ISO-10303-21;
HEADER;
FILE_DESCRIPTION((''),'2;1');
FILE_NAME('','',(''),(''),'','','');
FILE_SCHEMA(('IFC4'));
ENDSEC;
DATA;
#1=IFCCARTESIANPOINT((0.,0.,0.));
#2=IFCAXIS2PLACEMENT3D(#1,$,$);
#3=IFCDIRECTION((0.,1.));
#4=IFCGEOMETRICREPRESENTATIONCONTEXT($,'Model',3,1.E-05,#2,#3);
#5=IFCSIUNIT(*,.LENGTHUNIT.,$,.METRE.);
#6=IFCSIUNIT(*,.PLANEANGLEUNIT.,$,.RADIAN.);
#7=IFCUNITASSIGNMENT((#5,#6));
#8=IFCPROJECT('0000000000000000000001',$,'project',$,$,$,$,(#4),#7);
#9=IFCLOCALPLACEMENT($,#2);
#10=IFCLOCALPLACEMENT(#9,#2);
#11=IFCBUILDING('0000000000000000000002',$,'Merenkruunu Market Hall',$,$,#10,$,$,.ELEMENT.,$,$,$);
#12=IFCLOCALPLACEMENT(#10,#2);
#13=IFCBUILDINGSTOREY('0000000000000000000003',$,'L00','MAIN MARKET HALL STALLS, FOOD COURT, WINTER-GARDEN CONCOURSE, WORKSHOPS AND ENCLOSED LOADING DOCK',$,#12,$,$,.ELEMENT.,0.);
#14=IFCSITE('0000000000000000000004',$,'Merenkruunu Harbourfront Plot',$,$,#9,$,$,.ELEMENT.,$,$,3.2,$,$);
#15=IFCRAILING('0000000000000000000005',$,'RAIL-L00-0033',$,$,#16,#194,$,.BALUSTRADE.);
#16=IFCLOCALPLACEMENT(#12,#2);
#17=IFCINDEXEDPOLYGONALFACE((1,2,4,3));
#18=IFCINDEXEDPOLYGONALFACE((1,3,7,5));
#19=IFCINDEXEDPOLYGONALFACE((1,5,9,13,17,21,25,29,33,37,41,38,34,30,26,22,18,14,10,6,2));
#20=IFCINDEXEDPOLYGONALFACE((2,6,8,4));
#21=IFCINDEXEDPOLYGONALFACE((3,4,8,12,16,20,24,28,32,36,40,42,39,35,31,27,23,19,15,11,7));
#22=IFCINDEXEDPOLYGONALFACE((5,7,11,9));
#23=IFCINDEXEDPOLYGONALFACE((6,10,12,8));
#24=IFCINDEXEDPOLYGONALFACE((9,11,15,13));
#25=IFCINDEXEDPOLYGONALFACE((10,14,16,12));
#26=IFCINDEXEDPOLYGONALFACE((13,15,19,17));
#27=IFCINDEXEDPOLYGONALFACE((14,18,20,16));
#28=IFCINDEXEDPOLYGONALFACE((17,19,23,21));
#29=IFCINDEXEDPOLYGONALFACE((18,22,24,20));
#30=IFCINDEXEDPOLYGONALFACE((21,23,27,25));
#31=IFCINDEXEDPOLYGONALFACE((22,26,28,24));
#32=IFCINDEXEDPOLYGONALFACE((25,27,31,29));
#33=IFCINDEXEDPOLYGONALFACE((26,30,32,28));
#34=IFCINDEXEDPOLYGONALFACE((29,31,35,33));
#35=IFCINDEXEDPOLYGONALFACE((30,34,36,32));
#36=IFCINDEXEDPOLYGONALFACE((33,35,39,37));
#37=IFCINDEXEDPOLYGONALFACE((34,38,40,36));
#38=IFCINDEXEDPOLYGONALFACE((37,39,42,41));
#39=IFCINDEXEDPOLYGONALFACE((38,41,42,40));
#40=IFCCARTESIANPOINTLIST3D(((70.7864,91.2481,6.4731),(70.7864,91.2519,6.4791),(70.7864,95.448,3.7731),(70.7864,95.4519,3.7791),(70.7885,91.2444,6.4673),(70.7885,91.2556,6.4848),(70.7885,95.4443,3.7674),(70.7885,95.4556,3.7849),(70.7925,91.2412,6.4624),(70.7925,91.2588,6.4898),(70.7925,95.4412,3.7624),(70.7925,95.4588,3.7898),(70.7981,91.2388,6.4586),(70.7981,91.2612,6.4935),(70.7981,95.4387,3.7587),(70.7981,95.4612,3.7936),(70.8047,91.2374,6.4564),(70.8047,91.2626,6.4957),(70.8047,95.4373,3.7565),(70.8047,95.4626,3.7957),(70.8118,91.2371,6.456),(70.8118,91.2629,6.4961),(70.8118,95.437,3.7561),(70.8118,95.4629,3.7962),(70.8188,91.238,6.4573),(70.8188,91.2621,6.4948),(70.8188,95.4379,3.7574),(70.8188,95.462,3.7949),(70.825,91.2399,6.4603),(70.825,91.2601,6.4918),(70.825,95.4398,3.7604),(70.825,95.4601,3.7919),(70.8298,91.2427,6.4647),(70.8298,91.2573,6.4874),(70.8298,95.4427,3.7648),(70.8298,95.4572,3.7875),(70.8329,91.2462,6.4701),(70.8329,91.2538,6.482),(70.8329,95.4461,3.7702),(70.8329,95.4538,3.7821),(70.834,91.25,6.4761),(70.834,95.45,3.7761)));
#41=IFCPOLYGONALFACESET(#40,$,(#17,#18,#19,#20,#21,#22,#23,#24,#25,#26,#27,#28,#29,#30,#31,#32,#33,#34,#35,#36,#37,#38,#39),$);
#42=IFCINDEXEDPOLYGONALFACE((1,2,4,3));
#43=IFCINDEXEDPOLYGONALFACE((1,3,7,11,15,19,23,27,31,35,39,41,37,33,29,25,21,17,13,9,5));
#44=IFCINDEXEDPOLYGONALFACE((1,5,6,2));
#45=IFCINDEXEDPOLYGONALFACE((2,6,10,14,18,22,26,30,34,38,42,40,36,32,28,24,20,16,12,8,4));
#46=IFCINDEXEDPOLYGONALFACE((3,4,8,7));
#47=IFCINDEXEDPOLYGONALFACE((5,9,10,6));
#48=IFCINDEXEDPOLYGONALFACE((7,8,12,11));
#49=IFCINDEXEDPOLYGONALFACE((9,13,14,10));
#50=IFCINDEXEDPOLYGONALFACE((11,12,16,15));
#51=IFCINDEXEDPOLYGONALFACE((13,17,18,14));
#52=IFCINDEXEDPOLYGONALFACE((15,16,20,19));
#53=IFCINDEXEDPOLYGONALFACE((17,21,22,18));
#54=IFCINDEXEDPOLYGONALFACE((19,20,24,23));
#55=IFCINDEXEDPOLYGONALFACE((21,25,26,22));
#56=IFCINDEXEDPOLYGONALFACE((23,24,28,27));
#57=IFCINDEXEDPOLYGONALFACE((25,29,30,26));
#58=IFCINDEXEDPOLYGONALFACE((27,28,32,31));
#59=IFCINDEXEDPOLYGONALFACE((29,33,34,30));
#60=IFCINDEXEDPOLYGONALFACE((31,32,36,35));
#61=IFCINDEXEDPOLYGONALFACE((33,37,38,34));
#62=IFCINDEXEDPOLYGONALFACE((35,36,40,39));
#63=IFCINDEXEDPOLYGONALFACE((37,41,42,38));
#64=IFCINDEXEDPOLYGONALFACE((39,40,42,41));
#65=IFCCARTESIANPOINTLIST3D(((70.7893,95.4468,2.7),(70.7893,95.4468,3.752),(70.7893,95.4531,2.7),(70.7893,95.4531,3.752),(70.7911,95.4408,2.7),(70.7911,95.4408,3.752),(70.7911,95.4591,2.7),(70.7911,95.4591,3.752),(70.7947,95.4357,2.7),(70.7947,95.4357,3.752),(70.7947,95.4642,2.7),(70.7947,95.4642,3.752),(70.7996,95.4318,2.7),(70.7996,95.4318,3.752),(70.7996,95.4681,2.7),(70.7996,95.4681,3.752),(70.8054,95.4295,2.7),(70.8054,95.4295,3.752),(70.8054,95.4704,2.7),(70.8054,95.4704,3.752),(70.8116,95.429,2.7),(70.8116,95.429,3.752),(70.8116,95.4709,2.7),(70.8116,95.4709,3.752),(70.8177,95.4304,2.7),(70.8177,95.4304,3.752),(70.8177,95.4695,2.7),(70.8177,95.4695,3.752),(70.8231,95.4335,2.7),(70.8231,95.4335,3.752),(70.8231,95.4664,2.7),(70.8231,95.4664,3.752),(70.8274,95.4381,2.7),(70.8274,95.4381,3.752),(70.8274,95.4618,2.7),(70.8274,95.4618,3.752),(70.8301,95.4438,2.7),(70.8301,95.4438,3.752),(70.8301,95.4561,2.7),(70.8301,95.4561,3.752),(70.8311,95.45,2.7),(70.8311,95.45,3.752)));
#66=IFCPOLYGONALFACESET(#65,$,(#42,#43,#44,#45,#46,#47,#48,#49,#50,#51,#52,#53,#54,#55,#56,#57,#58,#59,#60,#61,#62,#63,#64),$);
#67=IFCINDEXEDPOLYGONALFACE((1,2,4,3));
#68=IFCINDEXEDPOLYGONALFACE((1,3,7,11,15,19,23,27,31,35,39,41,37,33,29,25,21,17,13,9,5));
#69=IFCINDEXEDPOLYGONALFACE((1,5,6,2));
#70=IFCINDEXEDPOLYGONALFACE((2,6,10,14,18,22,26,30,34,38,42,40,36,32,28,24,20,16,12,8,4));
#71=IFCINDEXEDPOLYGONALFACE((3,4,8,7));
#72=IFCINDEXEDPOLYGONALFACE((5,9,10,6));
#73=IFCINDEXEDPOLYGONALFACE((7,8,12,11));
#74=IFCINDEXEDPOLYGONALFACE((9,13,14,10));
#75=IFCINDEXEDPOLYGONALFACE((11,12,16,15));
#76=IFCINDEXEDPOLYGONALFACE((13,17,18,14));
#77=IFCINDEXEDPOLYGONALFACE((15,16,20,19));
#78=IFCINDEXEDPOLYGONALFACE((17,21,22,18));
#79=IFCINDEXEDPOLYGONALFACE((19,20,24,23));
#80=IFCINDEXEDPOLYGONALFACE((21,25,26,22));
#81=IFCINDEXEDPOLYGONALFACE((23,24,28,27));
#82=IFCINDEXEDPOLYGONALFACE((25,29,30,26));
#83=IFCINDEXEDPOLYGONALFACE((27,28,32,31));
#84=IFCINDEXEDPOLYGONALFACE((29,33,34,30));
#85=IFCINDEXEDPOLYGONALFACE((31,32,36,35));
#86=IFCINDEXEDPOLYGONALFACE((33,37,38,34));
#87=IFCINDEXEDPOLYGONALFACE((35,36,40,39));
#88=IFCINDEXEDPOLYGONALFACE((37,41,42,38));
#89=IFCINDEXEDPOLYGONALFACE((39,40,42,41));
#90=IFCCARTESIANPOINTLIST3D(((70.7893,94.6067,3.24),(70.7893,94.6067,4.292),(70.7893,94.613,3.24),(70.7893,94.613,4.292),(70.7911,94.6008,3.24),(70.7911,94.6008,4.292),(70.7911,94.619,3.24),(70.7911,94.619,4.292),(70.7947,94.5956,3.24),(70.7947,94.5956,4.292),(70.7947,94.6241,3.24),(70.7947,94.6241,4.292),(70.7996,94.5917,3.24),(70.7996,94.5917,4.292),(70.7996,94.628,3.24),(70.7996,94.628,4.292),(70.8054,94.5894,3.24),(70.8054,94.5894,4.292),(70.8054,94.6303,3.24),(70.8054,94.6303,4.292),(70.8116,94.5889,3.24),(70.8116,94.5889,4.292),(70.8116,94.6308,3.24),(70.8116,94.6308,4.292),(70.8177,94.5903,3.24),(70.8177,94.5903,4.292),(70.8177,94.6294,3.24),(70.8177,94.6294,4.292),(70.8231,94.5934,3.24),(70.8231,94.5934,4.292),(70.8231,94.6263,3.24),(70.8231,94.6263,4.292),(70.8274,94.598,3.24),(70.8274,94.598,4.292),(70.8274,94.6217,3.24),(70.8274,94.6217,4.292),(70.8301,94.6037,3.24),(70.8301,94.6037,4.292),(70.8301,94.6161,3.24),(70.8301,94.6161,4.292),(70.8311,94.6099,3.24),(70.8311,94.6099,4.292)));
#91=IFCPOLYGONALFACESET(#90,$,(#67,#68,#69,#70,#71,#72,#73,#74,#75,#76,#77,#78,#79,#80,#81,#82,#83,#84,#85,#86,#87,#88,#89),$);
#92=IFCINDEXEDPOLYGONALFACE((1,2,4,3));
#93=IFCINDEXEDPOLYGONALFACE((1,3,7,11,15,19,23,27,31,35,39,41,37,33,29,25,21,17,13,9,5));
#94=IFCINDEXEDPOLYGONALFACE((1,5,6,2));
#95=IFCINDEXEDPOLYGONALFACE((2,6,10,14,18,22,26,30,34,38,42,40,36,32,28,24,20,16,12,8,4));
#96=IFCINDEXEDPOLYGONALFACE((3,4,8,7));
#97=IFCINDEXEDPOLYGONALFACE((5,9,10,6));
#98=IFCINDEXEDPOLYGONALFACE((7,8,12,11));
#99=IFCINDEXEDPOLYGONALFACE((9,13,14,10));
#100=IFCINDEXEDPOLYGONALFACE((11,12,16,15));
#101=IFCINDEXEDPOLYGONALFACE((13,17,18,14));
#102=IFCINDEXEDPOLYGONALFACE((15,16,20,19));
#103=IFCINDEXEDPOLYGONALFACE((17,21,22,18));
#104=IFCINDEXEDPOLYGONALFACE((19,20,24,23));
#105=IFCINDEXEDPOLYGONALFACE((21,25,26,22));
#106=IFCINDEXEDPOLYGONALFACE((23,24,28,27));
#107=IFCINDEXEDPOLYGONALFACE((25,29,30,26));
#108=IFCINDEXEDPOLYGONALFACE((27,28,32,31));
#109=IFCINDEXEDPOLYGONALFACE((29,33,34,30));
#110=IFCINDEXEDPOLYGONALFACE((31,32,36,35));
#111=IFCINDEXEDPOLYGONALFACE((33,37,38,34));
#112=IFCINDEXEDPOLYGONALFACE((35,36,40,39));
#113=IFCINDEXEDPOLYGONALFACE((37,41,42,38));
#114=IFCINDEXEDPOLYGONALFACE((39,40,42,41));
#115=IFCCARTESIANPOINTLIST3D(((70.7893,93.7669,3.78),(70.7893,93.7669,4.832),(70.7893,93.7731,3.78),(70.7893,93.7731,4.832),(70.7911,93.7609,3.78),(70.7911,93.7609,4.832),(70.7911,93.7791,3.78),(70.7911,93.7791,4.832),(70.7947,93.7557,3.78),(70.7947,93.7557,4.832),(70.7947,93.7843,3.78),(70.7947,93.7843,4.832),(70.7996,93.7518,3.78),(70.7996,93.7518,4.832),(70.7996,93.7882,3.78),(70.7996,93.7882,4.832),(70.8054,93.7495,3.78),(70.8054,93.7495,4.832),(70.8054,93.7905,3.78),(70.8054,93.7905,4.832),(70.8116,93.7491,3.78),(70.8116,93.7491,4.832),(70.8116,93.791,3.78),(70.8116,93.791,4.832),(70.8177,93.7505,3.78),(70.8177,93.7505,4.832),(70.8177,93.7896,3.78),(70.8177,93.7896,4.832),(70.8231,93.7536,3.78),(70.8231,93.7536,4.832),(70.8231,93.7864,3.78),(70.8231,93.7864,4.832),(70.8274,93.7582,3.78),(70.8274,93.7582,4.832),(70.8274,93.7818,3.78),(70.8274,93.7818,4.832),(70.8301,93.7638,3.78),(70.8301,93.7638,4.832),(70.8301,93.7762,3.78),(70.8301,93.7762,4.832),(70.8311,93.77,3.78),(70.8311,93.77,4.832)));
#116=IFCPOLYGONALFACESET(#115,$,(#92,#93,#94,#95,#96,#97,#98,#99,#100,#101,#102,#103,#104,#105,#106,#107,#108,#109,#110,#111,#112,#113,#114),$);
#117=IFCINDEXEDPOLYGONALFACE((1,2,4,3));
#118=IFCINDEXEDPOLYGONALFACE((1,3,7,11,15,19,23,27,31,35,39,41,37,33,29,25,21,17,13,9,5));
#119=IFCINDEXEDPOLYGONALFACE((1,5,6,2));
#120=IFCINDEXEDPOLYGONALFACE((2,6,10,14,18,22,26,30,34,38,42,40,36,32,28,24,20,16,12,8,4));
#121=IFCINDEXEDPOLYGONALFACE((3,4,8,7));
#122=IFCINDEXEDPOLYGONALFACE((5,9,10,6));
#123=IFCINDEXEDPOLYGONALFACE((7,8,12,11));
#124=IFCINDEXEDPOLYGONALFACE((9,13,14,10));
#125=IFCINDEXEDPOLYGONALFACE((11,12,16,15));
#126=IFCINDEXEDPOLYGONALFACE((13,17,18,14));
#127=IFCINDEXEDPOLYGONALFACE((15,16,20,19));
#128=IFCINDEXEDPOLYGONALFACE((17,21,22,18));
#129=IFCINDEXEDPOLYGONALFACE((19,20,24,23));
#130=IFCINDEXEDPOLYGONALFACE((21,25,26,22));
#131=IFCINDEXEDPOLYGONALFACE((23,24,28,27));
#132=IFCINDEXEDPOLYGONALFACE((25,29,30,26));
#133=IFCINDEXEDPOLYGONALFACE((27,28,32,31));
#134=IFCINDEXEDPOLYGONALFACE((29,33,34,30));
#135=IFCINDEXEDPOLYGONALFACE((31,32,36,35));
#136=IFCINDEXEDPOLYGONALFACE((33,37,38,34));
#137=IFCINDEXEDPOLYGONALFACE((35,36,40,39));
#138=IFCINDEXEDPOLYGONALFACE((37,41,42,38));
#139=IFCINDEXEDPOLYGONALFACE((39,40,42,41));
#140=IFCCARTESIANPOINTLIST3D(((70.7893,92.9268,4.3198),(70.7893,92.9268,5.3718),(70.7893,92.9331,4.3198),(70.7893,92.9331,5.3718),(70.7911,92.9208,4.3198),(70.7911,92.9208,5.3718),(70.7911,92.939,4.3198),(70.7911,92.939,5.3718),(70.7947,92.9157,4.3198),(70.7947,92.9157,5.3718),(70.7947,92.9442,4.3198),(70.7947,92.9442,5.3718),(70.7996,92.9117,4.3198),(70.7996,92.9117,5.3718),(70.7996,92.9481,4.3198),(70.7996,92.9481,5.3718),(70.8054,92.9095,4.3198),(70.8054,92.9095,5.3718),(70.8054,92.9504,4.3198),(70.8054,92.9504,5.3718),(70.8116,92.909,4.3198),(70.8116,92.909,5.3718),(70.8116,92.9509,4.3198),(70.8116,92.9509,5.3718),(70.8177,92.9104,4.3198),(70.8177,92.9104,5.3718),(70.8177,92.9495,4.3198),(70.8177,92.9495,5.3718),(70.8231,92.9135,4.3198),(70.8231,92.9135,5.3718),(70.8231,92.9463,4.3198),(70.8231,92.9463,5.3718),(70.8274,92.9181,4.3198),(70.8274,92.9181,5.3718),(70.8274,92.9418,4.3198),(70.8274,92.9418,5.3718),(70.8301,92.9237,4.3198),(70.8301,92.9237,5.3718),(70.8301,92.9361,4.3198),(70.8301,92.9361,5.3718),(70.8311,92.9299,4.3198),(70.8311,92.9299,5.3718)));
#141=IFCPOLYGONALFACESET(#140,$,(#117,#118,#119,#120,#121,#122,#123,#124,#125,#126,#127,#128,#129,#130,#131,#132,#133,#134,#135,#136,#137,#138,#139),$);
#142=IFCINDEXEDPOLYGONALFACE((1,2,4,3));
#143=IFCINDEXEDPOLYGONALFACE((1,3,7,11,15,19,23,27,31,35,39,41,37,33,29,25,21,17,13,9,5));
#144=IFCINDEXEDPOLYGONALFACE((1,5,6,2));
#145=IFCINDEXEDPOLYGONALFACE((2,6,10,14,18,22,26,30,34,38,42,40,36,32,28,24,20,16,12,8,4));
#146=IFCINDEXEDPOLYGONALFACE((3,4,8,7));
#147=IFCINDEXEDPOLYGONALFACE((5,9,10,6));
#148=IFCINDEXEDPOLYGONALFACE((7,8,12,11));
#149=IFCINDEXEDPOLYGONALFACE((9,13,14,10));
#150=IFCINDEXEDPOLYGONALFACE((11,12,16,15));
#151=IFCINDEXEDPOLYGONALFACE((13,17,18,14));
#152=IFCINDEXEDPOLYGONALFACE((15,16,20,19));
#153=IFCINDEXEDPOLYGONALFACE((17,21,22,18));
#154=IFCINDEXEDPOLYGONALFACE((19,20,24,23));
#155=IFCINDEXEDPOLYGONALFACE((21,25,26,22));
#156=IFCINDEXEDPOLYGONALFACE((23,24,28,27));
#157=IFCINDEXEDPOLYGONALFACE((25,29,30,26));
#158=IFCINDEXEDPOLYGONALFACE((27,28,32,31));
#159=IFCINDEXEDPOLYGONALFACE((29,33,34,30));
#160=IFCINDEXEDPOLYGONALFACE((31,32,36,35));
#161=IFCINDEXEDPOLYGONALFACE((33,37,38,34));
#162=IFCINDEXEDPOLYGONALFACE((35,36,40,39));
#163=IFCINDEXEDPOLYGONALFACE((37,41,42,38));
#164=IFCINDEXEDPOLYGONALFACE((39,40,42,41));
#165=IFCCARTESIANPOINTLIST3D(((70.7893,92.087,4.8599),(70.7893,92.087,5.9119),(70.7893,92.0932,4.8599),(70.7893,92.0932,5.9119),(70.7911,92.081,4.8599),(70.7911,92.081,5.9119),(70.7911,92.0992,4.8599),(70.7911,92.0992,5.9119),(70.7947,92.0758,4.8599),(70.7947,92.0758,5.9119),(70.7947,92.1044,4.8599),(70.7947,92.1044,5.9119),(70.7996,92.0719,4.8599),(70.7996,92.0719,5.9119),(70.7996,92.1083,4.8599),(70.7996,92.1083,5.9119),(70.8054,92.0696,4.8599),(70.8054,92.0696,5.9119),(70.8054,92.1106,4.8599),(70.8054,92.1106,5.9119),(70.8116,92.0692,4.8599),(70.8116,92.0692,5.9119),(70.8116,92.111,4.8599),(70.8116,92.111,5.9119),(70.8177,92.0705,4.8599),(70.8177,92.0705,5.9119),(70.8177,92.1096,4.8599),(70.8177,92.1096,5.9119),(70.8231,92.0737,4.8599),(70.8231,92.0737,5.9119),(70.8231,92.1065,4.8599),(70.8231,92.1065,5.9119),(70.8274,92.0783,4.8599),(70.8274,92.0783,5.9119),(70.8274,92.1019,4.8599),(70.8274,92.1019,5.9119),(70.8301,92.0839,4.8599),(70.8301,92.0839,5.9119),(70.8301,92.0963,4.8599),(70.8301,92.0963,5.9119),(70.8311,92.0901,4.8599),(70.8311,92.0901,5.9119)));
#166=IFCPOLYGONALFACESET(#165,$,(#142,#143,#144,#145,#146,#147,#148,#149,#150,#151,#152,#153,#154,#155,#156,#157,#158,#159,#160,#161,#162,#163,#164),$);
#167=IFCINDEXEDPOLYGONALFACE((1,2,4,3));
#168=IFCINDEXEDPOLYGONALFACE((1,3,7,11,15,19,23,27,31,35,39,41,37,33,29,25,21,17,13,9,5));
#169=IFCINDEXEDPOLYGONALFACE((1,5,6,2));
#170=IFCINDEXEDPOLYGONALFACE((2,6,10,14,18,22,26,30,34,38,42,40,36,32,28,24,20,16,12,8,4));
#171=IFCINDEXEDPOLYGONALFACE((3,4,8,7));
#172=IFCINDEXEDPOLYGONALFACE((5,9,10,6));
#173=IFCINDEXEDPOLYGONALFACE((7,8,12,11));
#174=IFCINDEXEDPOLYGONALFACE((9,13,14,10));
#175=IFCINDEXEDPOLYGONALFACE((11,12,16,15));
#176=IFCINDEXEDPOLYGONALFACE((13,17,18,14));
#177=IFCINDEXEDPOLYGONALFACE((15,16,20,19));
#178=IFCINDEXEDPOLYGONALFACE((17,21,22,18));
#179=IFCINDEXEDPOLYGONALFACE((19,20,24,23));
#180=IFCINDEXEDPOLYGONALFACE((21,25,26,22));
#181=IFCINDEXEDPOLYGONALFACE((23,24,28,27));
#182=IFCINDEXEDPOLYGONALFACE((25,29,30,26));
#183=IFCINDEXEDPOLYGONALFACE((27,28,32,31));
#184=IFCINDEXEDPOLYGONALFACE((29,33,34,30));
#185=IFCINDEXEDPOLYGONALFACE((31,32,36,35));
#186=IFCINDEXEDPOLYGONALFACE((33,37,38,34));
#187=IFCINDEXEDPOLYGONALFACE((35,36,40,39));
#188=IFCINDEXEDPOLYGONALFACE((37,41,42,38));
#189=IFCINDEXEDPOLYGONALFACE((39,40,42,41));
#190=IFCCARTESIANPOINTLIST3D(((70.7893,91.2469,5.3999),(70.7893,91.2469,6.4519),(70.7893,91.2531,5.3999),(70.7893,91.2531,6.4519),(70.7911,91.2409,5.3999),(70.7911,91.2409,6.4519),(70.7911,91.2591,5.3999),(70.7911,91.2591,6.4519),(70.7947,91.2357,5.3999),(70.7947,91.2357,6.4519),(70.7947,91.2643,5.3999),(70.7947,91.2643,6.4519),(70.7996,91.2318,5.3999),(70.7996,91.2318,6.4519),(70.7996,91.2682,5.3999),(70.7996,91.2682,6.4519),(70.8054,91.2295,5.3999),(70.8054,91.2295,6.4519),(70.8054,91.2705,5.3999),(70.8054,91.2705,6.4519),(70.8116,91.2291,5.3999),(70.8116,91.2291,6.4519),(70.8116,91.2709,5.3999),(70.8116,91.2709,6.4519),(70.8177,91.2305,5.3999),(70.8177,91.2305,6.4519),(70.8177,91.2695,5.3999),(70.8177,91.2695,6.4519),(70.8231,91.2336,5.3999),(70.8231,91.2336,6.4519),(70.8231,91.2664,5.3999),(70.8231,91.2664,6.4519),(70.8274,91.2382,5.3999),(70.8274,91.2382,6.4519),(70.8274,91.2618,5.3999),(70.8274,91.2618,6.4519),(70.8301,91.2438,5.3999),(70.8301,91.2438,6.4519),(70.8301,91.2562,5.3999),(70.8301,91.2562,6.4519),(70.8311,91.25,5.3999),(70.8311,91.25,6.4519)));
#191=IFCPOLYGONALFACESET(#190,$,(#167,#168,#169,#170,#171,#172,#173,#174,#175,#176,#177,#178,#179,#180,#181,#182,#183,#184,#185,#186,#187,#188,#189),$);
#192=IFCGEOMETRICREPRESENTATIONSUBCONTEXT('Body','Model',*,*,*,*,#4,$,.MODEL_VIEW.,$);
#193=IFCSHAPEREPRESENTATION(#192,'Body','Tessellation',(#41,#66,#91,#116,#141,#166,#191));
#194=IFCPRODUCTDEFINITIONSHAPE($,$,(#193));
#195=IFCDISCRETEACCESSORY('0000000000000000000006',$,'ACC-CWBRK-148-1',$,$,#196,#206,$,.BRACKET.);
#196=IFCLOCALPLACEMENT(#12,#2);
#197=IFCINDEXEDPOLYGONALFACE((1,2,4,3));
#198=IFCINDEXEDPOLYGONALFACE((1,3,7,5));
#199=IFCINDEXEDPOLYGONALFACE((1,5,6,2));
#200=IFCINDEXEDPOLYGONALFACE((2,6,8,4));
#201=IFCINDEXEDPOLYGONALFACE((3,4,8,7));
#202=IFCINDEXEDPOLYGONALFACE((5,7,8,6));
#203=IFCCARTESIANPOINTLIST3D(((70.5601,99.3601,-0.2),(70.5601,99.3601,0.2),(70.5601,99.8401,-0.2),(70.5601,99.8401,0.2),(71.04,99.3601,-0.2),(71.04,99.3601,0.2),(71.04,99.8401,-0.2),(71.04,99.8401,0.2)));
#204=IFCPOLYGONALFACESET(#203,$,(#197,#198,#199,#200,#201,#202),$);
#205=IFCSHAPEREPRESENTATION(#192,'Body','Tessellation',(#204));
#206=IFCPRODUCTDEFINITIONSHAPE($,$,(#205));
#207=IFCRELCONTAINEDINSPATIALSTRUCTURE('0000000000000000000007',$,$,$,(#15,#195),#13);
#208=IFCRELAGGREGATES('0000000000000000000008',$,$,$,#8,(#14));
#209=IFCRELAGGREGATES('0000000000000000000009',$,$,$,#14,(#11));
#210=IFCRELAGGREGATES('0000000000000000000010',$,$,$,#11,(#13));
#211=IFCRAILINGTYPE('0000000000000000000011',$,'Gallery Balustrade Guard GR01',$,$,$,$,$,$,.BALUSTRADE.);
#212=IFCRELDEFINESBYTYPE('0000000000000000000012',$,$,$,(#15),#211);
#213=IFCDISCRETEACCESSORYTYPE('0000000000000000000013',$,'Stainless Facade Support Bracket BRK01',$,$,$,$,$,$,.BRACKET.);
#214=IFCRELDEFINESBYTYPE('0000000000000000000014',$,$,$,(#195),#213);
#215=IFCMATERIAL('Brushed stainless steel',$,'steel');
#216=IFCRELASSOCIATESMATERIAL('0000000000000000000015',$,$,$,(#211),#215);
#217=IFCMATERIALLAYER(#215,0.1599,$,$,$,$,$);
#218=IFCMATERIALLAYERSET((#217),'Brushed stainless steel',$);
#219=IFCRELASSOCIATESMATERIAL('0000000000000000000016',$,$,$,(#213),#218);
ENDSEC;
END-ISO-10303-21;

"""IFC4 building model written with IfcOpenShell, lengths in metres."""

from ifc_helpers import new_model, si_unit, direction, frame, origin, origin_2d, place, context, subcontext, project, spatial, rectangle, circle, extrude, material, layer, layer_set, type_object, element, save


model = new_model("IFC4")

# Units and contexts
model_context = context("Model", 3, precision=1e-05, world=origin(), true_north=direction((0.0, 1.0)))
body_context = subcontext(model_context, "Body", "Model", "MODEL_VIEW")
ifc_project = project(units=[si_unit("LENGTHUNIT", "METRE"), si_unit("PLANEANGLEUNIT", "RADIAN")], contexts=[model_context])

# Site, building, storey
site_placement = place(None, origin())
site = spatial("IfcSite", under=ifc_project, at=site_placement, Name="Merenkruunu Harbourfront Plot", CompositionType="ELEMENT", RefElevation=3.2)
building_placement = place(site_placement, origin())
building = spatial("IfcBuilding", under=site, at=building_placement, Name="Merenkruunu Market Hall", CompositionType="ELEMENT")
storey_placement = place(building_placement, origin())
storey = spatial("IfcBuildingStorey", under=building, at=storey_placement, Name="L00", Description="MAIN MARKET HALL STALLS, FOOD COURT, WINTER-GARDEN CONCOURSE, WORKSHOPS AND ENCLOSED LOADING DOCK", CompositionType="ELEMENT", Elevation=0.0)

# Railing
ifc_material_1 = material(Name="Brushed stainless steel", Category="steel")
railing_type_1 = type_object("IfcRailingType", Name="Gallery Balustrade Guard GR01", PredefinedType="BALUSTRADE", material=ifc_material_1)
railing_1_placement = place(storey_placement, frame((70.8101, 95.45, 2.7)))
element("IfcRailing", 1, at=railing_1_placement, inside=storey, type_object=railing_type_1, Name="RAIL-L00-0033", PredefinedType="BALUSTRADE", context=body_context, shape_type="SweptSolid", body=[
    extrude(circle(Radius=0.0239, at=origin_2d()), frame((0.0, 0.0, 1.0762), z_axis=(0.0, -0.84118, 0.540755), x_axis=(1.0, 0.0, 0.0)), (0.0, 0.0, 1.0), 4.9929),
    extrude(circle(Radius=0.021, at=origin_2d()), origin(), (0.0, 0.0, 1.0), 1.052),
    extrude(circle(Radius=0.021, at=origin_2d()), frame((0.0, -0.8401, 0.54)), (0.0, 0.0, 1.0), 1.052),
    extrude(circle(Radius=0.021, at=origin_2d()), frame((0.0, -1.6799, 1.0801)), (0.0, 0.0, 1.0), 1.052),
    extrude(circle(Radius=0.021, at=origin_2d()), frame((0.0, -2.52, 1.6199)), (0.0, 0.0, 1.0), 1.052),
    extrude(circle(Radius=0.021, at=origin_2d()), frame((0.0, -3.3599, 2.1599)), (0.0, 0.0, 1.0), 1.052),
    extrude(circle(Radius=0.021, at=origin_2d()), frame((0.0, -4.2, 2.7)), (0.0, 0.0, 1.0), 1.052),
])

# Discrete accessory
ifc_layer_1 = layer(ifc_material_1, 0.1599)
ifc_layer_set_1 = layer_set([ifc_layer_1], Name="Brushed stainless steel")
discrete_accessory_type = type_object("IfcDiscreteAccessoryType", Name="Stainless Facade Support Bracket BRK01", PredefinedType="BRACKET", material=ifc_layer_set_1)
for number, where, z_axis, x_axis, name in (
    (2, (70.8, 99.6001, -0.2), (0.0, 0.0, 1.0), (1.0, 0.0, 0.0), "ACC-CWBRK-148-1"),
):
    element("IfcDiscreteAccessory", number, at=place(storey_placement, frame(where, z_axis=z_axis, x_axis=x_axis)), inside=storey, type_object=discrete_accessory_type, Name=name, PredefinedType="BRACKET", context=body_context, shape_type="SweptSolid", body=[
        extrude(rectangle(XDim=0.48, YDim=0.48, at=origin_2d()), origin(), (0.0, 0.0, 1.0), 0.3999),
    ])

save(model, "model.ifc")
